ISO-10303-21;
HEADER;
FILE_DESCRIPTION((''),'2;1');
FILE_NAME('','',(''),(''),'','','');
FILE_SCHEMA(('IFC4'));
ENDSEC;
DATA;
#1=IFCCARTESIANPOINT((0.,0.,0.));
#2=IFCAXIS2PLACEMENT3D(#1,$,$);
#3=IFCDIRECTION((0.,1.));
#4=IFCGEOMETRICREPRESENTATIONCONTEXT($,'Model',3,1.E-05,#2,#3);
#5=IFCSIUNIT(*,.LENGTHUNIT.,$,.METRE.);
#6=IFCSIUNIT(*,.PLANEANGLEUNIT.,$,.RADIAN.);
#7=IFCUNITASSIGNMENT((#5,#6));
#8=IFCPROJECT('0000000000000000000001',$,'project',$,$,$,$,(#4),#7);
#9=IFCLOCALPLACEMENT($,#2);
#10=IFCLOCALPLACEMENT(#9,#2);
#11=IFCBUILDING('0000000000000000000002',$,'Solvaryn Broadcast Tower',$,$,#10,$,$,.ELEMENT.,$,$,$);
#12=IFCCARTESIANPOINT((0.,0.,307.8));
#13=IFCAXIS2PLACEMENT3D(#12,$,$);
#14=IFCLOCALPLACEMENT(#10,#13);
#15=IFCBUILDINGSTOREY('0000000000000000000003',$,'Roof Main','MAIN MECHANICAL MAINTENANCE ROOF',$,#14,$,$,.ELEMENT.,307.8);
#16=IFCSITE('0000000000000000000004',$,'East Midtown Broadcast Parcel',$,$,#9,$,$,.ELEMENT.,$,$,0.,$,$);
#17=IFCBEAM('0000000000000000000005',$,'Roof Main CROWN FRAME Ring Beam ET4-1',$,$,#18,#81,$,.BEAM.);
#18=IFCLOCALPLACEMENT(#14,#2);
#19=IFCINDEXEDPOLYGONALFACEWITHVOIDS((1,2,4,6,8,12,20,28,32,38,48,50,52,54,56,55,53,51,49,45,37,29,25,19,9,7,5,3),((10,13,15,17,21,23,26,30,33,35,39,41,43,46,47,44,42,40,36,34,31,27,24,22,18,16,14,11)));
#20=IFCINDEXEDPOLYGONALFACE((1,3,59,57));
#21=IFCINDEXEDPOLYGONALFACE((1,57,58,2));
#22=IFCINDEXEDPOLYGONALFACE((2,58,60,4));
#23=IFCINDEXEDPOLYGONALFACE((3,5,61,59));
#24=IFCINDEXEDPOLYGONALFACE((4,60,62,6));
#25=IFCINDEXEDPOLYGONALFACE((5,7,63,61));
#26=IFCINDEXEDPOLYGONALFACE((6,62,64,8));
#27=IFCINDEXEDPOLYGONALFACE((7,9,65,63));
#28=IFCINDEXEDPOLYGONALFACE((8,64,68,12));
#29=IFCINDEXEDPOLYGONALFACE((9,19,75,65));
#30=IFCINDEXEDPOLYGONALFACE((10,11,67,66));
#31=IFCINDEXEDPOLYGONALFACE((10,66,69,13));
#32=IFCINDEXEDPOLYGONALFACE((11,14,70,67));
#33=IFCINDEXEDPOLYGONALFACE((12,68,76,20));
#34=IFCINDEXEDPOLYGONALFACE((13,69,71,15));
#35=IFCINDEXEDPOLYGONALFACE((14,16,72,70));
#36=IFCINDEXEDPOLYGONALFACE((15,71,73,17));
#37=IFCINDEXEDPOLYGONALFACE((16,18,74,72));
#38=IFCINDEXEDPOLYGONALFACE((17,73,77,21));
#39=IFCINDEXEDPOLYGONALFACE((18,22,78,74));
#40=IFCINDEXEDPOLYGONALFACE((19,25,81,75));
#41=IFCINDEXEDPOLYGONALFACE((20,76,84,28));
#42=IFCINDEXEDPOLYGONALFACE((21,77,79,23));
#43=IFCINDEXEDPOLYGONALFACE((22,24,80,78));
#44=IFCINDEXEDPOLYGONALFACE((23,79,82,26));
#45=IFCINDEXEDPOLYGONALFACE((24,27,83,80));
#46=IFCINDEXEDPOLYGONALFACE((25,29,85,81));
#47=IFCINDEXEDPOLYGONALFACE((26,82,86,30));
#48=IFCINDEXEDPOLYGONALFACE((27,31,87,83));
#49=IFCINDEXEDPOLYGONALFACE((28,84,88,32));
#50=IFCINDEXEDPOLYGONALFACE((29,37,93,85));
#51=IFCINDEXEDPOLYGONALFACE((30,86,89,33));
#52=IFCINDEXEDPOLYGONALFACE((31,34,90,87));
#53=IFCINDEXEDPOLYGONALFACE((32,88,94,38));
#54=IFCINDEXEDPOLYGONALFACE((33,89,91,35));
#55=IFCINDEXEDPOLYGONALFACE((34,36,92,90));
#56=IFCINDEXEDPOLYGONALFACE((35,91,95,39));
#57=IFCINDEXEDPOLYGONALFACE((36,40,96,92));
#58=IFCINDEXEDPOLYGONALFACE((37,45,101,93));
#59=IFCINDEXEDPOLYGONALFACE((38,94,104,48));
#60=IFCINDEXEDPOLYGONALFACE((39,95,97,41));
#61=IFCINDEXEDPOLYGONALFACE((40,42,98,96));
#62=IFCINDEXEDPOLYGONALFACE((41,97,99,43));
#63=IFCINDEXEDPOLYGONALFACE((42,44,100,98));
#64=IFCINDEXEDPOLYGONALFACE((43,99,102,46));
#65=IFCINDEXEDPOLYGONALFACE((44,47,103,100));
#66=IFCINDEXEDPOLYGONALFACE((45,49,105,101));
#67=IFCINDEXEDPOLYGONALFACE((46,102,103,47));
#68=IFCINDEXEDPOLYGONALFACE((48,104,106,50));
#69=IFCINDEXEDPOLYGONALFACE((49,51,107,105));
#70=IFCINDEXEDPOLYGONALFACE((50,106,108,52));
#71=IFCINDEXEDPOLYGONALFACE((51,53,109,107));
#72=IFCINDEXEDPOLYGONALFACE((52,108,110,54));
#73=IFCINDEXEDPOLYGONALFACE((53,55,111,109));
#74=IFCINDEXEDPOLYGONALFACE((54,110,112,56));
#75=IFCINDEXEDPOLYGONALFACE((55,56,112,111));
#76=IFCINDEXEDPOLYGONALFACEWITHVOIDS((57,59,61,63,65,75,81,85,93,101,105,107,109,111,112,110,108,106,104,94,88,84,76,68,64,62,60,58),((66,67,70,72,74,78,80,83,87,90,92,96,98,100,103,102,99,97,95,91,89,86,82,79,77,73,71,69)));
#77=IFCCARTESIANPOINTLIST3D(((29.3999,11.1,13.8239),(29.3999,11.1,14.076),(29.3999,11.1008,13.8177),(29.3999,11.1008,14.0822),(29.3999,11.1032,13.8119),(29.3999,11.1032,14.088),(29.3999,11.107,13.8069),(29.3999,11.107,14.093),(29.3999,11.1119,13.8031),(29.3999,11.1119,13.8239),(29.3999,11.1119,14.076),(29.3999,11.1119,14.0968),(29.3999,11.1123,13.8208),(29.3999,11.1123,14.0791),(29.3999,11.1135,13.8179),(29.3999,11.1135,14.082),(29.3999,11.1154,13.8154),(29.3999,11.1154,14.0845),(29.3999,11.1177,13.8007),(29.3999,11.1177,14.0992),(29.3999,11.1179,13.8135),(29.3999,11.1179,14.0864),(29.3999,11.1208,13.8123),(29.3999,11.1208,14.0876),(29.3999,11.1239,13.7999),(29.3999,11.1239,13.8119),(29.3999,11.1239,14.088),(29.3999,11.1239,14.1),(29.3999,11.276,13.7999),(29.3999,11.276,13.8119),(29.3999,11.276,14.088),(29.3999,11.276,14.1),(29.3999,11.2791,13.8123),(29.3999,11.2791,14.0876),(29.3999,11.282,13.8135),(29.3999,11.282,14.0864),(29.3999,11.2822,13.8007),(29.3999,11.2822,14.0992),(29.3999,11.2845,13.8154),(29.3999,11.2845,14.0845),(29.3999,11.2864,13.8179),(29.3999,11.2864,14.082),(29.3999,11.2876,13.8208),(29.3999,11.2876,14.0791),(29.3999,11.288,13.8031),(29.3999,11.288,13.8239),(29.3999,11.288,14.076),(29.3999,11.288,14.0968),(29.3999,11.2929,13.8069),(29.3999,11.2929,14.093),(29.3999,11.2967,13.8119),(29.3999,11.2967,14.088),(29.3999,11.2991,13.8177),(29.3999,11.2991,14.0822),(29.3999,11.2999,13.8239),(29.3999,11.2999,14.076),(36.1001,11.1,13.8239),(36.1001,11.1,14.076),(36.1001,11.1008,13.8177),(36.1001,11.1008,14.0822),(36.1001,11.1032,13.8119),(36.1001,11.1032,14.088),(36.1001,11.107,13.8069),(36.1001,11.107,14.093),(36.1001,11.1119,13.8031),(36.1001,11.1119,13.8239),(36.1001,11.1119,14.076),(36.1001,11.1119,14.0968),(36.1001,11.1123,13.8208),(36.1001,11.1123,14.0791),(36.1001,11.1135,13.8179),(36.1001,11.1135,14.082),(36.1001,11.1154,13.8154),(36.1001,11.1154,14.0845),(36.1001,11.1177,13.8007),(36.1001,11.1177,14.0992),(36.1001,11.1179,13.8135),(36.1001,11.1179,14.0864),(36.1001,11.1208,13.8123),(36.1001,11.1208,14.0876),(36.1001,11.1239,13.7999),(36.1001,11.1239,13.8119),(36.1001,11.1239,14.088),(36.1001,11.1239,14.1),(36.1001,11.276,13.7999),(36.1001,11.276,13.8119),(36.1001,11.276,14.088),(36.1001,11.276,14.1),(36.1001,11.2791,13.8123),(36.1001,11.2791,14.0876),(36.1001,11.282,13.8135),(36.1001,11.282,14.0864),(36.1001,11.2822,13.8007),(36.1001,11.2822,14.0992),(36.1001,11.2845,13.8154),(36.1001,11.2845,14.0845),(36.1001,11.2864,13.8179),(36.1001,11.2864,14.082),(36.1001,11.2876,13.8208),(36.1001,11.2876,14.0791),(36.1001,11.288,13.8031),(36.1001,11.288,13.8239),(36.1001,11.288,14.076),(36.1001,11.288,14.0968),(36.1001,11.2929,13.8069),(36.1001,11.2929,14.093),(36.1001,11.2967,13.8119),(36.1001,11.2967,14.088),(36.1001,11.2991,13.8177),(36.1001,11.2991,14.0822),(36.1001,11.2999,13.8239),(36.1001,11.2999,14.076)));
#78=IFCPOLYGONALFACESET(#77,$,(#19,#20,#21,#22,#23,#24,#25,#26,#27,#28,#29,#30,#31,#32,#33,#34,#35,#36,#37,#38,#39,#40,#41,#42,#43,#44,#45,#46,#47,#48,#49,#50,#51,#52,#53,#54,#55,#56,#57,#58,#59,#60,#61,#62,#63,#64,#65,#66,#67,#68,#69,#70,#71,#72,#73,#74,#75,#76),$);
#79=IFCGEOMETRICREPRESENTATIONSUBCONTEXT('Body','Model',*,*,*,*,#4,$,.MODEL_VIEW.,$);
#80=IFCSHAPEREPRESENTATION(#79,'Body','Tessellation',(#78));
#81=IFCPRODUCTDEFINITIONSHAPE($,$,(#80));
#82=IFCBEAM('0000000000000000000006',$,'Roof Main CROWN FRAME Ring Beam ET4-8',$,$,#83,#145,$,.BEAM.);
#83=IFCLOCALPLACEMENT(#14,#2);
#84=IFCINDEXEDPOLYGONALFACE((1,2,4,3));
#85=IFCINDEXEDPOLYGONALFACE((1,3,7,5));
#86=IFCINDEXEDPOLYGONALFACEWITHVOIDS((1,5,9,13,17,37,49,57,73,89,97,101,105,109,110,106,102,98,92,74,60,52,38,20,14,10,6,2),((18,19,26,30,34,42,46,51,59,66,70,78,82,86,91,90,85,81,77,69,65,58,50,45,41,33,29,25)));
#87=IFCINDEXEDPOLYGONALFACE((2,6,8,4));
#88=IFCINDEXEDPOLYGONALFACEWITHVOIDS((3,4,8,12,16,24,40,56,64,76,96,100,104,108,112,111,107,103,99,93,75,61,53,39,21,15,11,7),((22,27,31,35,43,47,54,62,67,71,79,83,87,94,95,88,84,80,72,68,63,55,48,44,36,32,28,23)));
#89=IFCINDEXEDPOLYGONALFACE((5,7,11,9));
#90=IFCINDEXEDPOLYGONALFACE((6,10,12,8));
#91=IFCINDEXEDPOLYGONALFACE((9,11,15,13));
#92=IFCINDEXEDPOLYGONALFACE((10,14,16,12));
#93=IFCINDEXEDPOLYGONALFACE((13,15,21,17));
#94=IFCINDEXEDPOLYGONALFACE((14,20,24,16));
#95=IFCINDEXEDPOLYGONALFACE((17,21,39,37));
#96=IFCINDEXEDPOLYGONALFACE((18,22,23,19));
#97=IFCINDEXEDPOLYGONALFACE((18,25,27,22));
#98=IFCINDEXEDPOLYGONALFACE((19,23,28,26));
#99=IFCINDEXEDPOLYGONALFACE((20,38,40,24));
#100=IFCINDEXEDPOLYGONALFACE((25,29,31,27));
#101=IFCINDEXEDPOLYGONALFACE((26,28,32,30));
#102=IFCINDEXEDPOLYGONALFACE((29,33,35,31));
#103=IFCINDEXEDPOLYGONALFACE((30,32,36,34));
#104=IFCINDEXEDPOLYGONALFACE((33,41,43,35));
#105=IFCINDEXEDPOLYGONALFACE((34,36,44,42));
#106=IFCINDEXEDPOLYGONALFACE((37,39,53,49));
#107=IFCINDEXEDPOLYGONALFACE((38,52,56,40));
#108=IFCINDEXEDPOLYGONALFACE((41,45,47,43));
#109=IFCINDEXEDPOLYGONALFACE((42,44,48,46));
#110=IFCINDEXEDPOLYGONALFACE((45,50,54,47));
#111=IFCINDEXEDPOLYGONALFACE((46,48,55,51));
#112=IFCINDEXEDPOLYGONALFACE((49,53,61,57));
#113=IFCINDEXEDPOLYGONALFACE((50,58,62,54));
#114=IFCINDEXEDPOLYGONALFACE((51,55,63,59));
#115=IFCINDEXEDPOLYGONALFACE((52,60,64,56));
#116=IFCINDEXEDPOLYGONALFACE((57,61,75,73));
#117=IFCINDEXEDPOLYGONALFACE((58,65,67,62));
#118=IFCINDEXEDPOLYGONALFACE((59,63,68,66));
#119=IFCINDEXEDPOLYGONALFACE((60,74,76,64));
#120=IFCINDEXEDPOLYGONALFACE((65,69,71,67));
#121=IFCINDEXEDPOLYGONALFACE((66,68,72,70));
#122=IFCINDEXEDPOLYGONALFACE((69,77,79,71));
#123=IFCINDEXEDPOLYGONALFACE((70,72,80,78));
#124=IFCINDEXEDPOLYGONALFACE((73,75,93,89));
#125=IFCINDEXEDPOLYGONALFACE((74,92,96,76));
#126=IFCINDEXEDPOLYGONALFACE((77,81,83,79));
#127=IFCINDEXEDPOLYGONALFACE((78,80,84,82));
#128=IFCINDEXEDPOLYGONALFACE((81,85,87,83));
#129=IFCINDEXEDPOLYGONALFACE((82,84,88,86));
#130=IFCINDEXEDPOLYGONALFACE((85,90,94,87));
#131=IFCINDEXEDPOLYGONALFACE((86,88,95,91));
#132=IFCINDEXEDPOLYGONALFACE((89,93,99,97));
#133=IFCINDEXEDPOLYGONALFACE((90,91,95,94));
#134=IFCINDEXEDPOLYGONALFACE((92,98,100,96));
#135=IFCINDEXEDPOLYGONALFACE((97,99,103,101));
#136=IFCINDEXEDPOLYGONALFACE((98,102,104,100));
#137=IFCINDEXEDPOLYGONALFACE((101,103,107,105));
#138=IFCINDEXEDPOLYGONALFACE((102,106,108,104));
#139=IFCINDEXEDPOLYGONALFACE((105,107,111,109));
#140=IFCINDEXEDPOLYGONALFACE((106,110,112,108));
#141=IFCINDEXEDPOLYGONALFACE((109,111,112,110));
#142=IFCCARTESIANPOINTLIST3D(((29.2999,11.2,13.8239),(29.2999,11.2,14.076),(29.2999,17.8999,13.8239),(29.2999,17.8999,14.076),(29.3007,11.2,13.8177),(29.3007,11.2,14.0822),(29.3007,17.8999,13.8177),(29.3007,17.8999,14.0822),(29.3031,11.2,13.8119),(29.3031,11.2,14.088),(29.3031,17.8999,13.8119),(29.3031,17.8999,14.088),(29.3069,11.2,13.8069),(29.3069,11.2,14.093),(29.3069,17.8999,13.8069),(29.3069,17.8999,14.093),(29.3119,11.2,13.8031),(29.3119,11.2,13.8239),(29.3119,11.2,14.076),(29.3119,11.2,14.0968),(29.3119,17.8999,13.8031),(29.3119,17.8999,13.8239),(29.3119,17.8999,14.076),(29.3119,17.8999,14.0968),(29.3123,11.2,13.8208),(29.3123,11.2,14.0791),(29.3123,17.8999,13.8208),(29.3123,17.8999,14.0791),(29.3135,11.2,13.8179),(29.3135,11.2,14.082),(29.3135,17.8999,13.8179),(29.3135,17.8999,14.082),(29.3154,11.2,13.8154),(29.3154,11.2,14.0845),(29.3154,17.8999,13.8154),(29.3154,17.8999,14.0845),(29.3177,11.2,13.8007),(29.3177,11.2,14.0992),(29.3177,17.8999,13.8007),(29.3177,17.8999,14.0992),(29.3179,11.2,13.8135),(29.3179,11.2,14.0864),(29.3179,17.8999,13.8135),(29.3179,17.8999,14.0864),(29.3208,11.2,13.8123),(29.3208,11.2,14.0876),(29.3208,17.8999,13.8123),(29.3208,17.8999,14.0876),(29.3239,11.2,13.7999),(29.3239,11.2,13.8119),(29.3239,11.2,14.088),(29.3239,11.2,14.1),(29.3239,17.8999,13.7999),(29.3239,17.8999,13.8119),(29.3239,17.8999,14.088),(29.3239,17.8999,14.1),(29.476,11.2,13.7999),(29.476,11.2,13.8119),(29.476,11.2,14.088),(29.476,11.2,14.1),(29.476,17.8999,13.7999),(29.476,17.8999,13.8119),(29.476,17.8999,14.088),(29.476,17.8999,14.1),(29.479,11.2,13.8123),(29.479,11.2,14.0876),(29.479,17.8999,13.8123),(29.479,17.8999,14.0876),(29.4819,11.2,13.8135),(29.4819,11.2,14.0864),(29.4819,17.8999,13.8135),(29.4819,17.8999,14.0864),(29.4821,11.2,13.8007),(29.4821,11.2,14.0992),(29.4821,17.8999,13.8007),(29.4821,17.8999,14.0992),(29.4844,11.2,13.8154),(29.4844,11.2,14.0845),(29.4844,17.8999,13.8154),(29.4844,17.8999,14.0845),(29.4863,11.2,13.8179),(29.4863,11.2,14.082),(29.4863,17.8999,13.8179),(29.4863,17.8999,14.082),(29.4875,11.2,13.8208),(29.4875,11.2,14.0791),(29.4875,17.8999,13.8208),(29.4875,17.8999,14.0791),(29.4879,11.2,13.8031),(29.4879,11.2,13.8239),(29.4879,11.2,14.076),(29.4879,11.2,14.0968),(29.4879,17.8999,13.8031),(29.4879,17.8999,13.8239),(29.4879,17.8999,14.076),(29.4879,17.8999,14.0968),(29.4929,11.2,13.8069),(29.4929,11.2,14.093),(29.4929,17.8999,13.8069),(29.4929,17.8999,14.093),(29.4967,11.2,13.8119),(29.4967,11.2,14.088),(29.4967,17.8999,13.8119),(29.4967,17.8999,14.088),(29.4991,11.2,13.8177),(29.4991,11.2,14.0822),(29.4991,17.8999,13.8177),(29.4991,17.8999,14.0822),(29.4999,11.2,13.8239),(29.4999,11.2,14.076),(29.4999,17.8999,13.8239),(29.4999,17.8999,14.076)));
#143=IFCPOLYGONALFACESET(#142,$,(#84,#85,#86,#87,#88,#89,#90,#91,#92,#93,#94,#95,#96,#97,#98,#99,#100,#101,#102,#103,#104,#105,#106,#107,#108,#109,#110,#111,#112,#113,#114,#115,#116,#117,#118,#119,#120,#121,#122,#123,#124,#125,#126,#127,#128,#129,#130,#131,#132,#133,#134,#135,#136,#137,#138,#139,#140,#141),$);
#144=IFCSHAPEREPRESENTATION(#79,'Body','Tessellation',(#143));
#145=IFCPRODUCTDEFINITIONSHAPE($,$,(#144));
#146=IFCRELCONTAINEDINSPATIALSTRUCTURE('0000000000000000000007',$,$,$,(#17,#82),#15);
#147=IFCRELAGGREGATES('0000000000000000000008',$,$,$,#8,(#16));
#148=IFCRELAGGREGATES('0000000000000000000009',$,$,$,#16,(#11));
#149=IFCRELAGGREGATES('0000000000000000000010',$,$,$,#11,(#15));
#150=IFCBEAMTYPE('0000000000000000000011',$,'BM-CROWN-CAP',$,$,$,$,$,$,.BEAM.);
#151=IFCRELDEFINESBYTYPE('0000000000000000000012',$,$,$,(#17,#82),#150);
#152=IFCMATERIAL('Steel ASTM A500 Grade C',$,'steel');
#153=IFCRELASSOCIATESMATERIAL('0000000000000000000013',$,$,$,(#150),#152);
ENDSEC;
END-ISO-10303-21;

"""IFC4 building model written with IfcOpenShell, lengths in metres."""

from ifc_helpers import new_model, si_unit, direction, frame, origin, origin_2d, place, context, subcontext, project, spatial, hollow_rectangle, extrude, material, material_profile, profile_set, type_object, element, save


model = new_model("IFC4")

# Units and contexts
model_context = context("Model", 3, precision=1e-05, world=origin(), true_north=direction((0.0, 1.0)))
body_context = subcontext(model_context, "Body", "Model", "MODEL_VIEW")
ifc_project = project(units=[si_unit("LENGTHUNIT", "METRE"), si_unit("PLANEANGLEUNIT", "RADIAN")], contexts=[model_context])

# Site, building, storey
site_placement = place(None, origin())
site = spatial("IfcSite", under=ifc_project, at=site_placement, Name="East Midtown Broadcast Parcel", CompositionType="ELEMENT", RefElevation=0.0)
building_placement = place(site_placement, origin())
building = spatial("IfcBuilding", under=site, at=building_placement, Name="Solvaryn Broadcast Tower", CompositionType="ELEMENT")
storey_placement = place(building_placement, frame((0.0, 0.0, 307.8)))
storey = spatial("IfcBuildingStorey", under=building, at=storey_placement, Name="Roof Main", Description="MAIN MECHANICAL MAINTENANCE ROOF", CompositionType="ELEMENT", Elevation=307.8)

# Beams
ifc_material_1 = material(Name="Steel ASTM A500 Grade C", Category="steel")
ifc_material_profile_1 = material_profile(ifc_material_1, hollow_rectangle(XDim=0.2, YDim=0.3, WallThickness=0.012, InnerFilletRadius=0.012, OuterFilletRadius=0.0239, at=origin_2d()))
ifc_profile_set_1 = profile_set([ifc_material_profile_1], Name="Steel ASTM A500 Grade C")
beam_type_1 = type_object("IfcBeamType", Name="BM-CROWN-CAP", PredefinedType="BEAM", material=ifc_profile_set_1)
beam_1_placement = place(storey_placement, frame((29.3999, 11.2, 13.95), z_axis=(1.0, 0.0, 0.0), x_axis=(0.0, 1.0, 0.0)))
element("IfcBeam", 1, at=beam_1_placement, inside=storey, type_object=beam_type_1, Name="Roof Main CROWN FRAME Ring Beam ET4-1", PredefinedType="BEAM", context=body_context, shape_type="SweptSolid", body=[
    extrude(hollow_rectangle(XDim=0.2, YDim=0.3, WallThickness=0.012, InnerFilletRadius=0.012, OuterFilletRadius=0.0239, at=origin_2d()), origin(), (0.0, 0.0, 1.0), 6.7002),
])
beam_2_placement = place(storey_placement, frame((29.3999, 17.8999, 13.95), z_axis=(0.0, -1.0, 0.0), x_axis=(1.0, 0.0, 0.0)))
element("IfcBeam", 2, at=beam_2_placement, inside=storey, type_object=beam_type_1, Name="Roof Main CROWN FRAME Ring Beam ET4-8", PredefinedType="BEAM", context=body_context, shape_type="SweptSolid", body=[
    extrude(hollow_rectangle(XDim=0.2, YDim=0.3, WallThickness=0.012, InnerFilletRadius=0.012, OuterFilletRadius=0.0239, at=origin_2d()), origin(), (0.0, 0.0, 1.0), 6.7),
])

save(model, "model.ifc")
